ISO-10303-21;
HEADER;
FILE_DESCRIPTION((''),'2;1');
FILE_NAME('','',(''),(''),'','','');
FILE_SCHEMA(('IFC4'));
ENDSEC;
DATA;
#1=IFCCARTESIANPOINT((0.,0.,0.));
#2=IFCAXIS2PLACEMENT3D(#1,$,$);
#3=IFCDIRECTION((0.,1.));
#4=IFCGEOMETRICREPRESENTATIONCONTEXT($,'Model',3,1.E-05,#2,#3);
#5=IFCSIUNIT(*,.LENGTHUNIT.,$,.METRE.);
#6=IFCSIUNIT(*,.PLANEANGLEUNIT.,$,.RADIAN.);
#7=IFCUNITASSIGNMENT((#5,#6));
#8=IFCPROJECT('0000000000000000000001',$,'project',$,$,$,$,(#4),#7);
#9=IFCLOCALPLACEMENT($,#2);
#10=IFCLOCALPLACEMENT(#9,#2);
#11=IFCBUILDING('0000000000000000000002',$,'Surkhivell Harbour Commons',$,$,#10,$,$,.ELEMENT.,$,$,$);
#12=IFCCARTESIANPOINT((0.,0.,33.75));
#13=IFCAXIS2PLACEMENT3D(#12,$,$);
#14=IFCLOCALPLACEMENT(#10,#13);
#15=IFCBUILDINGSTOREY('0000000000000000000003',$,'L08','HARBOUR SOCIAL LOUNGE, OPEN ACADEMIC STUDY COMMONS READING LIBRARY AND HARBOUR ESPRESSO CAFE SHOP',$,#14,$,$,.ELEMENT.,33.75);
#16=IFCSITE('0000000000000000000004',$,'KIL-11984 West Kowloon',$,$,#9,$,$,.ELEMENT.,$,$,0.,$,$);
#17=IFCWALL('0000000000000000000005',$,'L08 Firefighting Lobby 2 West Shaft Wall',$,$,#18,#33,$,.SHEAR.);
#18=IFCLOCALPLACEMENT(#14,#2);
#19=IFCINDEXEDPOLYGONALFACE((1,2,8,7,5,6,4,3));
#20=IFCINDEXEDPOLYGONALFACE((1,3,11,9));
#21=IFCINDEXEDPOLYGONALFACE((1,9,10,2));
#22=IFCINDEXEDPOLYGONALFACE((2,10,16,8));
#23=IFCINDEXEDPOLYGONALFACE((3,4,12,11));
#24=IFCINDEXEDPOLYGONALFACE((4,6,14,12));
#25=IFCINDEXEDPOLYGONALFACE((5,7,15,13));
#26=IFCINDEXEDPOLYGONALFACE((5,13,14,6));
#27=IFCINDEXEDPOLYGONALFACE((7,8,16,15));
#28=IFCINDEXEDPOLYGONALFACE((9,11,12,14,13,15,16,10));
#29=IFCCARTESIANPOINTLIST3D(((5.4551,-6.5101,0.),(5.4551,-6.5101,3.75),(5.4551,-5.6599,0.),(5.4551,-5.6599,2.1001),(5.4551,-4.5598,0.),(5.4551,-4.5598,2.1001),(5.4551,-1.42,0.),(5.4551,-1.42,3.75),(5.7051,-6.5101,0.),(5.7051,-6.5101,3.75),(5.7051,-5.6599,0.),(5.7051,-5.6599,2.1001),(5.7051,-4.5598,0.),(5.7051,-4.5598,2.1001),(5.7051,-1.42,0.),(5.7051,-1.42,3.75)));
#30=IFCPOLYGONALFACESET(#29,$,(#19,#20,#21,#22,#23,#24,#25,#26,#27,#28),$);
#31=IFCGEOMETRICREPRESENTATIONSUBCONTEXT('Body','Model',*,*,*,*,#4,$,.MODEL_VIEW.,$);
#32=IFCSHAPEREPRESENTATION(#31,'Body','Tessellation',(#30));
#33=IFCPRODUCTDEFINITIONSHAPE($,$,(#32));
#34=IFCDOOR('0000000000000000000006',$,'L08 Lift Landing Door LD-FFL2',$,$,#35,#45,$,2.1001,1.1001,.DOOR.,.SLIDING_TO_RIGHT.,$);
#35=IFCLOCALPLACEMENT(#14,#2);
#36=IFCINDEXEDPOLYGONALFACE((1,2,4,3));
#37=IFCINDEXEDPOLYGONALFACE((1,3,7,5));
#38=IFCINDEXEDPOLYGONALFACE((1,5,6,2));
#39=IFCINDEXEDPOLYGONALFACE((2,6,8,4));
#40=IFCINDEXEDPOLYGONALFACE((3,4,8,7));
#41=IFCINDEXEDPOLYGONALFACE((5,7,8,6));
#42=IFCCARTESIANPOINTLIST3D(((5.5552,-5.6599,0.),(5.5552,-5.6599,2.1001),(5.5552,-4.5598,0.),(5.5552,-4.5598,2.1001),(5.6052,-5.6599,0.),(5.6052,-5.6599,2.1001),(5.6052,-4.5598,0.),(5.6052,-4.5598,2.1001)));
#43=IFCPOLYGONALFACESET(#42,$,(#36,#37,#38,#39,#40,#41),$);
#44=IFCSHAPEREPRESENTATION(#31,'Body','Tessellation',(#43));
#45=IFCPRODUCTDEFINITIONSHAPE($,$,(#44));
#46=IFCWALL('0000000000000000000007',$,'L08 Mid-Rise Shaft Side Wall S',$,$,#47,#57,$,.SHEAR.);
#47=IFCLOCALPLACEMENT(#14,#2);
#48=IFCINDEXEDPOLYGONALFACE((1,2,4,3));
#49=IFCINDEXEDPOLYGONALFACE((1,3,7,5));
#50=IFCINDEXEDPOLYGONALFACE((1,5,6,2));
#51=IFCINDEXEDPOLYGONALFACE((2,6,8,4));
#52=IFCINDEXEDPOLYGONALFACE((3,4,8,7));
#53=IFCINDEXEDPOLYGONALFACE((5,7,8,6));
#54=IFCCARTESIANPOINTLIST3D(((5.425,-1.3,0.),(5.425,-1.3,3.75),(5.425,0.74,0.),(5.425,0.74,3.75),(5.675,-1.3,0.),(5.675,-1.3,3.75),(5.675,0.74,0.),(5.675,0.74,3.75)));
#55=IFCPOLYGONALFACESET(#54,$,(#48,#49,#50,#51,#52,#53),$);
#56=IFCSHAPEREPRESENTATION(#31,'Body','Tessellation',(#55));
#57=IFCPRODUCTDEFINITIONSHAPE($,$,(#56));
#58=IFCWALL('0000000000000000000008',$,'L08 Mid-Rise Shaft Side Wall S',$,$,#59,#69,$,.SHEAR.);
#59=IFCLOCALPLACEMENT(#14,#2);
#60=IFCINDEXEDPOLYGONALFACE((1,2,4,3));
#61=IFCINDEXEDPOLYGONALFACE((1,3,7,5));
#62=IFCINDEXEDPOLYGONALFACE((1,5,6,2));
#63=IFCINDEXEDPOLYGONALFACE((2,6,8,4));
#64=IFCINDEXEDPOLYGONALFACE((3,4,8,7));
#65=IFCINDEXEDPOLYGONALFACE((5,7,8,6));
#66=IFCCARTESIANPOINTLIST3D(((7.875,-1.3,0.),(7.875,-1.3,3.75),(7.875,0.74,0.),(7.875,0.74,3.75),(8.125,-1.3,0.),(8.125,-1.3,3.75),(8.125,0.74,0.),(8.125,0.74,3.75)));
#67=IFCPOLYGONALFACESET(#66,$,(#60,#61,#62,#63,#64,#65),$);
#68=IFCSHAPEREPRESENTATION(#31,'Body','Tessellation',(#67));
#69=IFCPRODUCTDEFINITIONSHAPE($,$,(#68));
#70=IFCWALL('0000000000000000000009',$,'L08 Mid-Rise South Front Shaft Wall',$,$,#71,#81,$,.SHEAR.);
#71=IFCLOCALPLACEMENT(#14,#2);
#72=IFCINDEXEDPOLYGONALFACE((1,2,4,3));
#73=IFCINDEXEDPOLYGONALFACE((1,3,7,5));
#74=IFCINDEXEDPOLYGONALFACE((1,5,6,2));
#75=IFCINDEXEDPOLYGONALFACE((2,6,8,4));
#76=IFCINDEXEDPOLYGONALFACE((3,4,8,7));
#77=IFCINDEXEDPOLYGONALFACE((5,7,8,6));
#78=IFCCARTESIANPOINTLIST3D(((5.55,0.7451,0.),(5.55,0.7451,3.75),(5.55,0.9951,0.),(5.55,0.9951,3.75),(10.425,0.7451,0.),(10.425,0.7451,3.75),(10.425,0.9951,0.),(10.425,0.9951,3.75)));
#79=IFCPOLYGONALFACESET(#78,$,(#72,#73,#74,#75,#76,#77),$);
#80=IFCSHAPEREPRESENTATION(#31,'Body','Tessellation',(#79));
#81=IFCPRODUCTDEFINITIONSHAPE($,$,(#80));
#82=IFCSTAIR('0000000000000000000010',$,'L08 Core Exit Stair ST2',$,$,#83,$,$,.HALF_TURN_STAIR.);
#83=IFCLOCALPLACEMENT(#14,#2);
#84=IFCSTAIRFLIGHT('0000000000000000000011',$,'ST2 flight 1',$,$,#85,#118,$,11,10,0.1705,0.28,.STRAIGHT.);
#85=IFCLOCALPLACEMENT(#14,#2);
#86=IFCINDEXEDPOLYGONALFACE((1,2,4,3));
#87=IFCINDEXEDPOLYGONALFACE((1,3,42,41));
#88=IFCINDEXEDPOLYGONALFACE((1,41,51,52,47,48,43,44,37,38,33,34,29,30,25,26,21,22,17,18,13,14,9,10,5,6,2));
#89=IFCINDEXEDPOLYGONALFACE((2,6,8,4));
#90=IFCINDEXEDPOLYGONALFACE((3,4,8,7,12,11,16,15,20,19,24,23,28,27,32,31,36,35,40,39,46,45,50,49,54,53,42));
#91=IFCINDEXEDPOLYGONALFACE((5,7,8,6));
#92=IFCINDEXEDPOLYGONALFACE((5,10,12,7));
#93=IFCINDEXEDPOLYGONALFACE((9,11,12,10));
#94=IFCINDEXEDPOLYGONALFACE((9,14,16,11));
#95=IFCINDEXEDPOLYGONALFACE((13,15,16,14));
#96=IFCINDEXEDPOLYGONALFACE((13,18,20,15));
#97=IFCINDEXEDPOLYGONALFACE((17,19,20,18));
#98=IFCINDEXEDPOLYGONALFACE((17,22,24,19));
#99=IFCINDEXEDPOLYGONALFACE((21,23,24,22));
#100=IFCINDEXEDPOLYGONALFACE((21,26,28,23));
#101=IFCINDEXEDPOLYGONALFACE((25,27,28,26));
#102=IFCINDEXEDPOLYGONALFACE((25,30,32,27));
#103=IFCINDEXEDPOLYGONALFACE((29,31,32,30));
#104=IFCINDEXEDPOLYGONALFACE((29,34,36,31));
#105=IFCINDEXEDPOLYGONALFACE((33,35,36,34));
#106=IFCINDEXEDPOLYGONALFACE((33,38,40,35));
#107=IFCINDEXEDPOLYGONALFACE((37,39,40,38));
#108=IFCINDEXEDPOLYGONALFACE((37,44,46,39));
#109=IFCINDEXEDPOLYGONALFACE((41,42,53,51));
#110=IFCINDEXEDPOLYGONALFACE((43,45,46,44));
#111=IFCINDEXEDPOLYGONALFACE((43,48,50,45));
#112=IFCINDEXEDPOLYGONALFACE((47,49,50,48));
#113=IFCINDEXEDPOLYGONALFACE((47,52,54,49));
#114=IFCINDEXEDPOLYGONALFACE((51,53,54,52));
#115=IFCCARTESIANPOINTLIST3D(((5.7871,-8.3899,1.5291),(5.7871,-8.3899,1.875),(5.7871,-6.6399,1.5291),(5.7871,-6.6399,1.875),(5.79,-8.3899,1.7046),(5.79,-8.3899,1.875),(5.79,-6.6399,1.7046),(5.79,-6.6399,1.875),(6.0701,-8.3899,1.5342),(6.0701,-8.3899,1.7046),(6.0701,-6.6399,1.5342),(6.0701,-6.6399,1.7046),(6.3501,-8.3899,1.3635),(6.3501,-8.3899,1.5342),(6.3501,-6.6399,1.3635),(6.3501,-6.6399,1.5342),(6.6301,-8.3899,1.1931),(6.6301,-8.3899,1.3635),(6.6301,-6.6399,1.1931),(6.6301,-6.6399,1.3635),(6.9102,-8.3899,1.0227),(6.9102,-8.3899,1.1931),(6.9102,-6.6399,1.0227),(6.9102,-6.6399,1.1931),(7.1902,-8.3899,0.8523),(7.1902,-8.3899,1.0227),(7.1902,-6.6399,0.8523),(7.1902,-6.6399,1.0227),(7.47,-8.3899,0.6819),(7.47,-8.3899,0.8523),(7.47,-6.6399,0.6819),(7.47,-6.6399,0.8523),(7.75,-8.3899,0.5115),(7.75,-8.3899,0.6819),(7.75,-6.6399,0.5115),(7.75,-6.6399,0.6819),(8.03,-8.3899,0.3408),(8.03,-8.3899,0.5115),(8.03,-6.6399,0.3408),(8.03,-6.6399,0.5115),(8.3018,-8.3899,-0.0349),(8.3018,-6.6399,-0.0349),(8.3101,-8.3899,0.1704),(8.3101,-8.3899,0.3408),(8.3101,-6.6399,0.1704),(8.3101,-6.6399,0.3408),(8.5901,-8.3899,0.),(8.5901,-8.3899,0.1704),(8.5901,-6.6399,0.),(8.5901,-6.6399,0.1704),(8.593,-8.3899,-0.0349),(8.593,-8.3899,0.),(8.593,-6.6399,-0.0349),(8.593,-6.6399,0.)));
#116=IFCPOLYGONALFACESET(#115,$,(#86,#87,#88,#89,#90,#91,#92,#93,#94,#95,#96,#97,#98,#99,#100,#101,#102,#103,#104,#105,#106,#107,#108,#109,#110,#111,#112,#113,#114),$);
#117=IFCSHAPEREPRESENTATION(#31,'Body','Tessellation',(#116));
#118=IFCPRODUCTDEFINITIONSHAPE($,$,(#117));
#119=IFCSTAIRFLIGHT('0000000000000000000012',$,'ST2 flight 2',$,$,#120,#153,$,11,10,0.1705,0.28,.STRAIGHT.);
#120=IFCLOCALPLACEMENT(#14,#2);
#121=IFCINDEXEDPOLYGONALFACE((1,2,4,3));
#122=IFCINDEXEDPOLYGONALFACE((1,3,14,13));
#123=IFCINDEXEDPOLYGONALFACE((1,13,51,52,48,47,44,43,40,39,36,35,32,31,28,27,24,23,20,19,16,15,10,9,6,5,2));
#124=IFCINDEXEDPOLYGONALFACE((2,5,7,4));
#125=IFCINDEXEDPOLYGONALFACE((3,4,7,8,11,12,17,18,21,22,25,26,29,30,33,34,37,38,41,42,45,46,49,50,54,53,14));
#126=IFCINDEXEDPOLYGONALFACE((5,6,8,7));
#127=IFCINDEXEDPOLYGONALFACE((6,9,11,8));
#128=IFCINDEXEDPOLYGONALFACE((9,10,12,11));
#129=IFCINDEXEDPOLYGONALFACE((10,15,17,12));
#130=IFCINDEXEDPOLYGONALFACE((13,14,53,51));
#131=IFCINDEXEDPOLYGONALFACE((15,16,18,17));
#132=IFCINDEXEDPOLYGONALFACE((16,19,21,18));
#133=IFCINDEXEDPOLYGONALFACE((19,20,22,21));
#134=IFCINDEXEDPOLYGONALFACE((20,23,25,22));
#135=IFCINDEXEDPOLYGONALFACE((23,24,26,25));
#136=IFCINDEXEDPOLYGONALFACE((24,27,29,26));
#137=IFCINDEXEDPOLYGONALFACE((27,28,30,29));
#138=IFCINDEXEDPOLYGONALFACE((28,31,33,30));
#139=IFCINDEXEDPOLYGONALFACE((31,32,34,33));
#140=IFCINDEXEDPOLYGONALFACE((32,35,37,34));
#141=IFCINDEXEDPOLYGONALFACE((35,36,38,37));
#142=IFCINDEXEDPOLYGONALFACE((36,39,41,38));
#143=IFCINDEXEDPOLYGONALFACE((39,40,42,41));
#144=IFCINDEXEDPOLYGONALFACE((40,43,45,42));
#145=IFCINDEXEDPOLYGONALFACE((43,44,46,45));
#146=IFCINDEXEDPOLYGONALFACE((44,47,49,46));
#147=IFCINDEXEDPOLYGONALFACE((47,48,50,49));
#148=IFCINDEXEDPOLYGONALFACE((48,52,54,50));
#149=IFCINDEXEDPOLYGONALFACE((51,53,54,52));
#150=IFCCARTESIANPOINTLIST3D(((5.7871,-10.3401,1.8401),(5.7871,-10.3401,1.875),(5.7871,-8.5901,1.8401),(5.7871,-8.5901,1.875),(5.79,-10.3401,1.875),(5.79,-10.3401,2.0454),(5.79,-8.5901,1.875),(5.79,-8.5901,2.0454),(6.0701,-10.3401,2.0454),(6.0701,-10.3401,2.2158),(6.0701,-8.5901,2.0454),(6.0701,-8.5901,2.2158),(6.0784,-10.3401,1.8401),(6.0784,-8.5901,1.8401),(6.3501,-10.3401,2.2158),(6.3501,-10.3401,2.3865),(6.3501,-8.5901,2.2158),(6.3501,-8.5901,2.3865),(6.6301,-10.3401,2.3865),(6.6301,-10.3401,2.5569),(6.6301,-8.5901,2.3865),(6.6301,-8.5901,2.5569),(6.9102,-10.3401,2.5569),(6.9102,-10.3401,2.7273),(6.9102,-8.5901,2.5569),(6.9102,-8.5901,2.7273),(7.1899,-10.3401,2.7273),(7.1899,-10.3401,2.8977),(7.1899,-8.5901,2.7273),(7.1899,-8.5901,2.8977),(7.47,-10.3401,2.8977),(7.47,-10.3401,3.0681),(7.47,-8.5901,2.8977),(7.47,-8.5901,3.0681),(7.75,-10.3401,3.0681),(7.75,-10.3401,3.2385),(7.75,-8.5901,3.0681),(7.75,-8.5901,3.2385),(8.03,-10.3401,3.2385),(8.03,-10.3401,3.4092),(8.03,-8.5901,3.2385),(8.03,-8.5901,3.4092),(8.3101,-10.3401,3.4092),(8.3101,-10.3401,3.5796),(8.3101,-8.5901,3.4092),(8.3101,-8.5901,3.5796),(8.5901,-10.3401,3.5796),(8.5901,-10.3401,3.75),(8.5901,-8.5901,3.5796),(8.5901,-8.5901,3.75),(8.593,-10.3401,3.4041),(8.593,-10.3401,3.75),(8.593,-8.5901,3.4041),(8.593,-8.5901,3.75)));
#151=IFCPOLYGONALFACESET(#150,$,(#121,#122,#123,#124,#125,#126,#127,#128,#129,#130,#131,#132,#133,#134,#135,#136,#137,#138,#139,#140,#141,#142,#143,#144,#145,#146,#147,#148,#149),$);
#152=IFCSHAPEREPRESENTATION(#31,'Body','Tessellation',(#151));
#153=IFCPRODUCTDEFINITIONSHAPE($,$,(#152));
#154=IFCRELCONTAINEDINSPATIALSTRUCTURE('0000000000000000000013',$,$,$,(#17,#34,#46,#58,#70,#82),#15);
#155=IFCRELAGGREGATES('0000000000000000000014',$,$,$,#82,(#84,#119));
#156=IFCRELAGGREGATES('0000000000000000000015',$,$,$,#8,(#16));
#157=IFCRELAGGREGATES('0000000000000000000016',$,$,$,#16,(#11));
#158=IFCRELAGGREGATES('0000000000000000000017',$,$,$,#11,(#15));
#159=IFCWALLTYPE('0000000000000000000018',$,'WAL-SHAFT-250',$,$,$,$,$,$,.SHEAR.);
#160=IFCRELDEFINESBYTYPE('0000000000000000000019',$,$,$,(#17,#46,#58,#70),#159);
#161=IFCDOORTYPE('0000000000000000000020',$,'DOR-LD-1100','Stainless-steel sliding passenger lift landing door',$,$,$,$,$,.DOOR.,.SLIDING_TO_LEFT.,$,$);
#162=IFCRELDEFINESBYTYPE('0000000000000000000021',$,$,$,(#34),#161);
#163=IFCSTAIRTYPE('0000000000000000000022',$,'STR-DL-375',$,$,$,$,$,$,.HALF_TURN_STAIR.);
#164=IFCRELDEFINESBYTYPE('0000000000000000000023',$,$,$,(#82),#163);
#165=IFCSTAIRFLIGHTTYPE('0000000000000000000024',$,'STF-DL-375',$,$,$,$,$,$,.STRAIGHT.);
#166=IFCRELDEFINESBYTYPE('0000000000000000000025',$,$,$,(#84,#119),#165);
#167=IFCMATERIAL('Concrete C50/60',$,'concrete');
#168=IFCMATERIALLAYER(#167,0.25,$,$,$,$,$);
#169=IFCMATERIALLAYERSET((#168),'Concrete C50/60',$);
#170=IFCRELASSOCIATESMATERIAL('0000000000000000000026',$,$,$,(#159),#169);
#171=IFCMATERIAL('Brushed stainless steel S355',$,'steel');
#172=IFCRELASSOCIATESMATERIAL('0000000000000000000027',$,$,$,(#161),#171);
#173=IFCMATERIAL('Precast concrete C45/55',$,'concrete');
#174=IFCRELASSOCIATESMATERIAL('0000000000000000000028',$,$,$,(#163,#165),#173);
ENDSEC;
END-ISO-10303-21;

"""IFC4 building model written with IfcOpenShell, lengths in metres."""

from ifc_helpers import new_model, si_unit, direction, frame, frame_2d, origin, place, context, subcontext, project, spatial, polyline, rectangle, outline, extrude, material, layer, layer_set, type_object, element, fill, aggregate, save


model = new_model("IFC4")

# Units and contexts
model_context = context("Model", 3, precision=1e-05, world=origin(), true_north=direction((0.0, 1.0)))
body_context = subcontext(model_context, "Body", "Model", "MODEL_VIEW")
ifc_project = project(units=[si_unit("LENGTHUNIT", "METRE"), si_unit("PLANEANGLEUNIT", "RADIAN")], contexts=[model_context])

# Site, building, storey
site_placement = place(None, origin())
site = spatial("IfcSite", under=ifc_project, at=site_placement, Name="KIL-11984 West Kowloon", CompositionType="ELEMENT", RefElevation=0.0)
building_placement = place(site_placement, origin())
building = spatial("IfcBuilding", under=site, at=building_placement, Name="Surkhivell Harbour Commons", CompositionType="ELEMENT")
storey_placement = place(building_placement, frame((0.0, 0.0, 33.75)))
storey = spatial("IfcBuildingStorey", under=building, at=storey_placement, Name="L08", Description="HARBOUR SOCIAL LOUNGE, OPEN ACADEMIC STUDY COMMONS READING LIBRARY AND HARBOUR ESPRESSO CAFE SHOP", CompositionType="ELEMENT", Elevation=33.75)

# Shared definitions
ifc_material_1 = material(Name="Concrete C50/60", Category="concrete")
ifc_layer_1 = layer(ifc_material_1, 0.25)
ifc_layer_set_1 = layer_set([ifc_layer_1], Name="Concrete C50/60")
wall_type_1 = type_object("IfcWallType", Name="WAL-SHAFT-250", PredefinedType="SHEAR", material=ifc_layer_set_1)

# Wall, opening, door
wall_1_placement = place(storey_placement, frame((5.5801, -6.51, 0.0), z_axis=(0.0, 0.0, 1.0), x_axis=(0.0, 1.0, 0.0)))
wall_1 = element("IfcWall", 1, at=wall_1_placement, inside=storey, type_object=wall_type_1, Name="L08 Firefighting Lobby 2 West Shaft Wall", PredefinedType="SHEAR", context=body_context, shape_type="SweptSolid", body=[
    extrude(rectangle(XDim=5.0901, YDim=0.25, at=frame_2d((2.5449, 0.0))), origin(), (0.0, 0.0, 1.0), 3.75),
])
opening_placement = place(wall_1_placement, frame((0.8501, 0.0, 0.0)))
opening = element("IfcOpeningElement", 2, at=opening_placement, cuts=wall_1, PredefinedType="OPENING", context=body_context, shape_type="SweptSolid", body=[
    extrude(rectangle(XDim=1.1001, YDim=2.1001, at=frame_2d((0.55, 1.05))), frame((0.0, 0.135, 0.0), z_axis=(0.0, -1.0, 0.0), x_axis=(1.0, 0.0, 0.0)), (0.0, 0.0, 1.0), 0.27),
])
ifc_material_2 = material(Name="Brushed stainless steel S355", Category="steel")
door_type = type_object("IfcDoorType", Name="DOR-LD-1100", Description="Stainless-steel sliding passenger lift landing door", OperationType="SLIDING_TO_LEFT", PredefinedType="DOOR", material=ifc_material_2)
door_placement = place(opening_placement, origin())
door = element("IfcDoor", 3, at=door_placement, inside=storey, type_object=door_type, Name="L08 Lift Landing Door LD-FFL2", OperationType="SLIDING_TO_RIGHT", OverallHeight=2.1001, OverallWidth=1.1001, PredefinedType="DOOR", context=body_context, shape_type="SweptSolid", body=[
    extrude(rectangle(XDim=1.1001, YDim=2.1001, at=frame_2d((0.55, 1.05))), frame((0.0, 0.0249, 0.0), z_axis=(0.0, -1.0, 0.0), x_axis=(1.0, 0.0, 0.0)), (0.0, 0.0, 1.0), 0.05),
])
fill(opening, door)

# Walls
for number, where, z_axis, x_axis, name in (
    (4, (5.55, -1.3, 0.0), (0.0, 0.0, 1.0), (0.0, 1.0, 0.0), "L08 Mid-Rise Shaft Side Wall S"),
    (5, (8.0, -1.3, 0.0), (0.0, 0.0, 1.0), (0.0, 1.0, 0.0), "L08 Mid-Rise Shaft Side Wall S"),
):
    element("IfcWall", number, at=place(storey_placement, frame(where, z_axis=z_axis, x_axis=x_axis)), inside=storey, type_object=wall_type_1, Name=name, PredefinedType="SHEAR", context=body_context, shape_type="SweptSolid", body=[
        extrude(rectangle(XDim=2.04, YDim=0.25, at=frame_2d((1.02, 0.0))), origin(), (0.0, 0.0, 1.0), 3.75),
    ])
wall_2_placement = place(storey_placement, frame((5.55, 0.8701, 0.0), z_axis=(0.0, 0.0, 1.0), x_axis=(1.0, 0.0, 0.0)))
element("IfcWall", 6, at=wall_2_placement, inside=storey, type_object=wall_type_1, Name="L08 Mid-Rise South Front Shaft Wall", PredefinedType="SHEAR", context=body_context, shape_type="SweptSolid", body=[
    extrude(rectangle(XDim=4.875, YDim=0.25, at=frame_2d((2.4375, 0.0))), origin(), (0.0, 0.0, 1.0), 3.75),
])

# Stair, stair flights
ifc_material_3 = material(Name="Precast concrete C45/55", Category="concrete")
stair_type = type_object("IfcStairType", Name="STR-DL-375", PredefinedType="HALF_TURN_STAIR", material=ifc_material_3)
stair_placement = place(storey_placement, origin())
stair = element("IfcStair", 7, at=stair_placement, inside=storey, type_object=stair_type, Name="L08 Core Exit Stair ST2", PredefinedType="HALF_TURN_STAIR")
stair_flight_type = type_object("IfcStairFlightType", Name="STF-DL-375", PredefinedType="STRAIGHT", material=ifc_material_3)
stair_flight_1_placement = place(storey_placement, frame((8.5901, -7.5149, 0.0), z_axis=(0.0, 0.0, 1.0), x_axis=(-1.0, 0.0, 0.0)))
stair_flight_1 = element("IfcStairFlight", 8, at=stair_flight_1_placement, type_object=stair_flight_type, Name="ST2 flight 1", NumberOfRisers=11, NumberOfTreads=10, PredefinedType="STRAIGHT", RiserHeight=0.1705, TreadLength=0.28, context=body_context, shape_type="SweptSolid", body=[
    extrude(outline(polyline([(-0.0029, -0.0349), (-0.0029, 0.0), (0.0, 0.0), (0.0, 0.1704), (0.28, 0.1704), (0.28, 0.3408), (0.5601, 0.3408), (0.5601, 0.5115), (0.8401, 0.5115), (0.8401, 0.6819), (1.1201, 0.6819), (1.1201, 0.8523), (1.3999, 0.8523), (1.3999, 1.0227), (1.6799, 1.0227), (1.6799, 1.1931), (1.96, 1.1931), (1.96, 1.3635), (2.24, 1.3635), (2.24, 1.5342), (2.52, 1.5342), (2.52, 1.7046), (2.8, 1.7046), (2.8, 1.875), (2.803, 1.875), (2.803, 1.5291), (0.2883, -0.0349), (-0.0029, -0.0349)])), frame((0.0, 0.875, 0.0), z_axis=(0.0, -1.0, 0.0), x_axis=(1.0, 0.0, 0.0)), (0.0, 0.0, 1.0), 1.75),
])
stair_flight_2_placement = place(storey_placement, frame((5.79, -9.4651, 1.875), z_axis=(0.0, 0.0, 1.0), x_axis=(1.0, 0.0, 0.0)))
stair_flight_2 = element("IfcStairFlight", 9, at=stair_flight_2_placement, type_object=stair_flight_type, Name="ST2 flight 2", NumberOfRisers=11, NumberOfTreads=10, PredefinedType="STRAIGHT", RiserHeight=0.1705, TreadLength=0.28, context=body_context, shape_type="SweptSolid", body=[
    extrude(outline(polyline([(-0.0029, -0.0349), (-0.0029, 0.0), (0.0, 0.0), (0.0, 0.1704), (0.28, 0.1704), (0.28, 0.3408), (0.5601, 0.3408), (0.5601, 0.5115), (0.8401, 0.5115), (0.8401, 0.6819), (1.1201, 0.6819), (1.1201, 0.8523), (1.3999, 0.8523), (1.3999, 1.0227), (1.6799, 1.0227), (1.6799, 1.1931), (1.96, 1.1931), (1.96, 1.3635), (2.24, 1.3635), (2.24, 1.5342), (2.52, 1.5342), (2.52, 1.7046), (2.8, 1.7046), (2.8, 1.875), (2.803, 1.875), (2.803, 1.5291), (0.2883, -0.0349), (-0.0029, -0.0349)])), frame((0.0, 0.875, 0.0), z_axis=(0.0, -1.0, 0.0), x_axis=(1.0, 0.0, 0.0)), (0.0, 0.0, 1.0), 1.75),
])
aggregate(stair, [stair_flight_1, stair_flight_2])

save(model, "model.ifc")
